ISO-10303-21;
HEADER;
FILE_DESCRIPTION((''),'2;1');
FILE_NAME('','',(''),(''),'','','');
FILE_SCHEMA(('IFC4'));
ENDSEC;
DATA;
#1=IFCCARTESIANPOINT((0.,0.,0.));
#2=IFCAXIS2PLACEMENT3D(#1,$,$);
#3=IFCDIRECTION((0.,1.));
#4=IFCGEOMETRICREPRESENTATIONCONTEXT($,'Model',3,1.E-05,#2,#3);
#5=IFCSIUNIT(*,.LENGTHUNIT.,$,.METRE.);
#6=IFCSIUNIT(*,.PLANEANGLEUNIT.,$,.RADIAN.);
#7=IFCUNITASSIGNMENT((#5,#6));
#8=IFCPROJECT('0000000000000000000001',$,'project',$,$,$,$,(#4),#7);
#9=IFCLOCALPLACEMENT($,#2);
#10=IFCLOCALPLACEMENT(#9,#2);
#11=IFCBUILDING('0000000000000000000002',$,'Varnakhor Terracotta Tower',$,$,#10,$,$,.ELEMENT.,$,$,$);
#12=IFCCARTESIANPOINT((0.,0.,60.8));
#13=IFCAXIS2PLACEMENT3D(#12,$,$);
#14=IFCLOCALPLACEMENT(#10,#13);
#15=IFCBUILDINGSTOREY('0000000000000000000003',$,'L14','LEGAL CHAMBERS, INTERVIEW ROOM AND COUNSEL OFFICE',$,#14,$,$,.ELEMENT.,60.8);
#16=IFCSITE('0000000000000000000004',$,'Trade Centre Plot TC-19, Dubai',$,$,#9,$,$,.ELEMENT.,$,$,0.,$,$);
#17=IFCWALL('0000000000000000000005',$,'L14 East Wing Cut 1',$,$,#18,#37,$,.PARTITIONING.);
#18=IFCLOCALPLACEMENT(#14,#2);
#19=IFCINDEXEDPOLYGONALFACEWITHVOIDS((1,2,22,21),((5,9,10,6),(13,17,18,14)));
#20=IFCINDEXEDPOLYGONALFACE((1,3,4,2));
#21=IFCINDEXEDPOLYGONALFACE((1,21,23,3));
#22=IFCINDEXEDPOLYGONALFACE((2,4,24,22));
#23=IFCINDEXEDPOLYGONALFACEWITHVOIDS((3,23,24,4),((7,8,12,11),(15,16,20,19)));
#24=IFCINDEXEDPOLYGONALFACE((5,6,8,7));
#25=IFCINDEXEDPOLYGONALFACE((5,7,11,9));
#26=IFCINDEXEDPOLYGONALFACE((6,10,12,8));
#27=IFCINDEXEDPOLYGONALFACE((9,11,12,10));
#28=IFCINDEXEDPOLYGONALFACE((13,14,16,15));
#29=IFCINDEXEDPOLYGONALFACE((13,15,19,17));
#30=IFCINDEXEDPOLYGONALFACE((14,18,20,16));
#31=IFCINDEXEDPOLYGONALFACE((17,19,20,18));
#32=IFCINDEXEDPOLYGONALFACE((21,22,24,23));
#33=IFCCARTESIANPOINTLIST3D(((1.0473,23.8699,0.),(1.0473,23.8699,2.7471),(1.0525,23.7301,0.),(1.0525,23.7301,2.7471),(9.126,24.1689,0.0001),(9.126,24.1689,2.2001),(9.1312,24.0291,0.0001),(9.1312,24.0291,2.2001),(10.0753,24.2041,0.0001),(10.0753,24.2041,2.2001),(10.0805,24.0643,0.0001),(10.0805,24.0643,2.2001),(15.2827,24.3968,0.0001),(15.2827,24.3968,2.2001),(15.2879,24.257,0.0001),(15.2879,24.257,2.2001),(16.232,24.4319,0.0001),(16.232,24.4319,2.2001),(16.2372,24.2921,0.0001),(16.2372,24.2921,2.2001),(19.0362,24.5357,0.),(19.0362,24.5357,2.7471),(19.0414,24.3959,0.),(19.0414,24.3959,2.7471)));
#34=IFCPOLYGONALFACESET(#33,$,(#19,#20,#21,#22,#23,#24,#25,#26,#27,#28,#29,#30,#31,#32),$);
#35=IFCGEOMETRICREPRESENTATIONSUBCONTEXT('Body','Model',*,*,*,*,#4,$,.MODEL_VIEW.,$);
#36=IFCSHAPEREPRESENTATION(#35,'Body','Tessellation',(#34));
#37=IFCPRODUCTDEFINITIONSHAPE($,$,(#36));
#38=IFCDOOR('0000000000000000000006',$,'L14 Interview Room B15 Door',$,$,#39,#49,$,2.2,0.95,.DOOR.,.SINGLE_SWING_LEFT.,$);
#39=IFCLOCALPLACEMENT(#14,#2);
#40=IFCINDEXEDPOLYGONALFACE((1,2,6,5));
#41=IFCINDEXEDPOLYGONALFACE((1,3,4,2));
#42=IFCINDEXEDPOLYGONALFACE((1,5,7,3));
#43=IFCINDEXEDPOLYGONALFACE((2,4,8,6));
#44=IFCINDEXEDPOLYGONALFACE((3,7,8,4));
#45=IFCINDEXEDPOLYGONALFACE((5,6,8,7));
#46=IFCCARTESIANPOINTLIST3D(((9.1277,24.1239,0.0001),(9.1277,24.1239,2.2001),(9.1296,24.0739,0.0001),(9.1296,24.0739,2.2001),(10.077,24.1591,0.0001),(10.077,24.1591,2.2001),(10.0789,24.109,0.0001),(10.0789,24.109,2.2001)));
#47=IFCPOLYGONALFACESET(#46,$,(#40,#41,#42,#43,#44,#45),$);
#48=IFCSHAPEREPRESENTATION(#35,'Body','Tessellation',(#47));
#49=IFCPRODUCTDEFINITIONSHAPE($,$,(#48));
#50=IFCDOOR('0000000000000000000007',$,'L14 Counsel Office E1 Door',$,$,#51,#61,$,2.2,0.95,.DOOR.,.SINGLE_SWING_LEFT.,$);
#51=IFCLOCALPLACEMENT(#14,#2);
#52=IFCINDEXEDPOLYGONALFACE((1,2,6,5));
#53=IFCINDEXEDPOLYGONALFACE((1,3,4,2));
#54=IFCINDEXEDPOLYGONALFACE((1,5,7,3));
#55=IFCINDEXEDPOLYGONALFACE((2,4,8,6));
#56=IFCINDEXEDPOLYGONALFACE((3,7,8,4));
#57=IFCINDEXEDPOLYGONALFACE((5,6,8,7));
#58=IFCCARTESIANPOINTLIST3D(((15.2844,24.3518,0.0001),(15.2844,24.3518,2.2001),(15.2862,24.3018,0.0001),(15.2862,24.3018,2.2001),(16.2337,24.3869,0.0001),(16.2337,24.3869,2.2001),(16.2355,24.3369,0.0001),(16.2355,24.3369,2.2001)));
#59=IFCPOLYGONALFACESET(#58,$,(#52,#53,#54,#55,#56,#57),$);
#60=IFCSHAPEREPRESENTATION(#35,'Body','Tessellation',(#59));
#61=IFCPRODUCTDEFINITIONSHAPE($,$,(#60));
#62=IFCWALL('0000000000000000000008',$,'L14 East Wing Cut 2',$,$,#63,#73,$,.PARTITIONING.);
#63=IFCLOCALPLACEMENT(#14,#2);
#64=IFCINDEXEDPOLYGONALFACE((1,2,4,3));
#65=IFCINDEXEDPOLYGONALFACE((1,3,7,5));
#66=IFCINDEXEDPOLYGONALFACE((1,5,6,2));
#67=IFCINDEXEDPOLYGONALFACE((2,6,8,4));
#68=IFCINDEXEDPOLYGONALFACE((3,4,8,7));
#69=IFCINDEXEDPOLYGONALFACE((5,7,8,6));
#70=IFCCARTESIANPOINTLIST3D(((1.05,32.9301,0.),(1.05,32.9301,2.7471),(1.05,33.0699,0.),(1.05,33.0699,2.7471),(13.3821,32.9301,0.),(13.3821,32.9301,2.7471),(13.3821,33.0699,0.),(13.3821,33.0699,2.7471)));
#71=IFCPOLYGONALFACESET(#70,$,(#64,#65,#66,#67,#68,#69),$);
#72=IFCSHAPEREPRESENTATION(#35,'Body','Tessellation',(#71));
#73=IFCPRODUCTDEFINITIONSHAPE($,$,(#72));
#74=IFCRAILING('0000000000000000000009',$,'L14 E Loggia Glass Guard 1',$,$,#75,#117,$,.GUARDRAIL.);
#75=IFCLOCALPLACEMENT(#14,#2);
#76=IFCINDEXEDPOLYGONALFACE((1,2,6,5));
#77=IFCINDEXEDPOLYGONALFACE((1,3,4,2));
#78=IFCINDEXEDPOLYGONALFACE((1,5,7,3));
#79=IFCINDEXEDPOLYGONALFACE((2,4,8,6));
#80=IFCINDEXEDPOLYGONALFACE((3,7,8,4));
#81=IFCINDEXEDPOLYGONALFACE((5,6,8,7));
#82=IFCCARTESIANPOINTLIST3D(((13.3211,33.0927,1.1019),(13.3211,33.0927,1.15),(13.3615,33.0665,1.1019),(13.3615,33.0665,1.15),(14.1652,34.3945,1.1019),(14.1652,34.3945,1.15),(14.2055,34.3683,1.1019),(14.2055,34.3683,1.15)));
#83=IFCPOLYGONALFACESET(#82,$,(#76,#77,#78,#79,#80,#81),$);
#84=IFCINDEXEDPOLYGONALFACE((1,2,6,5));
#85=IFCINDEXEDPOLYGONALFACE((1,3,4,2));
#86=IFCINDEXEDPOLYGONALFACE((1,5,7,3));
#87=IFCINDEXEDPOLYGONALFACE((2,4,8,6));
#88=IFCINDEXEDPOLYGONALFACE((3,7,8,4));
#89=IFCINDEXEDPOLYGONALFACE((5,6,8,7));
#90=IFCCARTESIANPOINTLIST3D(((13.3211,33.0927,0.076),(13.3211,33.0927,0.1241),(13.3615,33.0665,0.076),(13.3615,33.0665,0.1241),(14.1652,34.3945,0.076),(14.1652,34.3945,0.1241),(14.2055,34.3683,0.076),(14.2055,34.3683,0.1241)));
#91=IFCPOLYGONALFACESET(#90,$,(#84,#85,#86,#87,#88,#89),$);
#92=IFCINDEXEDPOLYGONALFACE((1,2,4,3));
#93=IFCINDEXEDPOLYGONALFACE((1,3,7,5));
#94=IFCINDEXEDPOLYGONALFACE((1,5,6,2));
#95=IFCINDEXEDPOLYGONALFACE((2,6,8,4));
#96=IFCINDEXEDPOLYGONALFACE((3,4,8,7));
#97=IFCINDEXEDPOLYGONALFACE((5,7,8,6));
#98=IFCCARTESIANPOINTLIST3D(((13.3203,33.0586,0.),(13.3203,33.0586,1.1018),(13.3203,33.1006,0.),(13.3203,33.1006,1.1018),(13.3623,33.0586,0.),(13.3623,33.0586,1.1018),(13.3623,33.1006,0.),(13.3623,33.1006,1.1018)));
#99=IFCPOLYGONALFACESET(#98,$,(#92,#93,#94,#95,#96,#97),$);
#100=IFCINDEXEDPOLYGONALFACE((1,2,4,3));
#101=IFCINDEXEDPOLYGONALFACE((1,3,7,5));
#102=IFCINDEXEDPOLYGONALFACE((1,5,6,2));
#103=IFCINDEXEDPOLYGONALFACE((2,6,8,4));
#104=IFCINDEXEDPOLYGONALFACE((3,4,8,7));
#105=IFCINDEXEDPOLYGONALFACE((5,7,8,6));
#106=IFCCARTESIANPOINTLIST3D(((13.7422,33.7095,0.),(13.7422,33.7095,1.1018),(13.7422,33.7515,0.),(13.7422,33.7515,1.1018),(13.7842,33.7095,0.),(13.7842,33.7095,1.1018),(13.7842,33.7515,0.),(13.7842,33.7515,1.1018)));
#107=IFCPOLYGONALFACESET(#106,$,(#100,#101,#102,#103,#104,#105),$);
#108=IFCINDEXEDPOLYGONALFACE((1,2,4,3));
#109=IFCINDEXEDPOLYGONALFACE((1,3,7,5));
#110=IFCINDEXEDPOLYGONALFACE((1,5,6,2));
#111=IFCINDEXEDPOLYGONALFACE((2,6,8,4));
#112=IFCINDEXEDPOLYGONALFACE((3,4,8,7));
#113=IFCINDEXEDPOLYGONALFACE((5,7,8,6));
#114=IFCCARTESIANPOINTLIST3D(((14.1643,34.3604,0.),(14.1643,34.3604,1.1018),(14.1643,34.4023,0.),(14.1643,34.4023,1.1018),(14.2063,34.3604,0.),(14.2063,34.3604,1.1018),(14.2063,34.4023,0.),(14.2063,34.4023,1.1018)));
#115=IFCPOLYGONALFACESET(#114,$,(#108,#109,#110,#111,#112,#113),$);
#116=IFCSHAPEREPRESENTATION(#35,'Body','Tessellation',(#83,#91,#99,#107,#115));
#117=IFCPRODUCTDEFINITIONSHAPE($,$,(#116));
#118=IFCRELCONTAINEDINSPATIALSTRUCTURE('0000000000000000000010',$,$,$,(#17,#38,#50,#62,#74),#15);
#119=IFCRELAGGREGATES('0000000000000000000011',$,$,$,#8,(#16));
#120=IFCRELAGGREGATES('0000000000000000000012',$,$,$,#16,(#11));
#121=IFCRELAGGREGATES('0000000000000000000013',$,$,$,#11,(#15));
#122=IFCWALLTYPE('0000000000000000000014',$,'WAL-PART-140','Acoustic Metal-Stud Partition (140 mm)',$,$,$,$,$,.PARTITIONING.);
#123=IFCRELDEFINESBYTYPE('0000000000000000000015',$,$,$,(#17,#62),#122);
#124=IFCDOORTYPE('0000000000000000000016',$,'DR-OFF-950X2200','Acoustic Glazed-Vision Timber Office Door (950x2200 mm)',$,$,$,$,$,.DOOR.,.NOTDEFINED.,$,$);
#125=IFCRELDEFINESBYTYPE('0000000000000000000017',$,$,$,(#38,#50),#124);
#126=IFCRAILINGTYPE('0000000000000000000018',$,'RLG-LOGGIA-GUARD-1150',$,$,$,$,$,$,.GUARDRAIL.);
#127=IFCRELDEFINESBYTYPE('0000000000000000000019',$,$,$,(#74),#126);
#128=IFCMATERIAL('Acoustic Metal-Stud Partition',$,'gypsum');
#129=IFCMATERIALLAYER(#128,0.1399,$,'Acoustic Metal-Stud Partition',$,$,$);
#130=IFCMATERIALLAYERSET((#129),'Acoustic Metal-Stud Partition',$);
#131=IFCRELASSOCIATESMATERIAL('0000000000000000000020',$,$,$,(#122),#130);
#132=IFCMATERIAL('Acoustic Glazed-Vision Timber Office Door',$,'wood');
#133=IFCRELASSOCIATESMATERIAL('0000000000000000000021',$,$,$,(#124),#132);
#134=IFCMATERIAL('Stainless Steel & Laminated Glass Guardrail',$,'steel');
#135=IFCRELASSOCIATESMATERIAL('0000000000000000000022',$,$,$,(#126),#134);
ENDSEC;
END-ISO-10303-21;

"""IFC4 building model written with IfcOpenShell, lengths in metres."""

from ifc_helpers import new_model, si_unit, direction, frame, frame_2d, origin, origin_2d, place, context, subcontext, project, spatial, rectangle, extrude, source, transform, mapped, material, layer, layer_set, type_object, type_shapes, element, fill, save


model = new_model("IFC4")

# Units and contexts
model_context = context("Model", 3, precision=1e-05, world=origin(), true_north=direction((0.0, 1.0)))
body_context = subcontext(model_context, "Body", "Model", "MODEL_VIEW")
ifc_project = project(units=[si_unit("LENGTHUNIT", "METRE"), si_unit("PLANEANGLEUNIT", "RADIAN")], contexts=[model_context])

# Site, building, storey
site_placement = place(None, origin())
site = spatial("IfcSite", under=ifc_project, at=site_placement, Name="Trade Centre Plot TC-19, Dubai", CompositionType="ELEMENT", RefElevation=0.0)
building_placement = place(site_placement, origin())
building = spatial("IfcBuilding", under=site, at=building_placement, Name="Varnakhor Terracotta Tower", CompositionType="ELEMENT")
storey_placement = place(building_placement, frame((0.0, 0.0, 60.8)))
storey = spatial("IfcBuildingStorey", under=building, at=storey_placement, Name="L14", Description="LEGAL CHAMBERS, INTERVIEW ROOM AND COUNSEL OFFICE", CompositionType="ELEMENT", Elevation=60.8)

# Wall, openings, doors
ifc_material_1 = material(Name="Acoustic Metal-Stud Partition", Category="gypsum")
ifc_layer_1 = layer(ifc_material_1, 0.1399, Name="Acoustic Metal-Stud Partition")
ifc_layer_set_1 = layer_set([ifc_layer_1], Name="Acoustic Metal-Stud Partition")
wall_type_1 = type_object("IfcWallType", Name="WAL-PART-140", Description="Acoustic Metal-Stud Partition (140 mm)", PredefinedType="PARTITIONING", material=ifc_layer_set_1)
wall_1_placement = place(storey_placement, frame((1.05, 23.8, 0.0), z_axis=(0.0, 0.0, 1.0), x_axis=(0.999316, 0.036985, 0.0)))
wall_1 = element("IfcWall", 1, at=wall_1_placement, inside=storey, type_object=wall_type_1, Name="L14 East Wing Cut 1", PredefinedType="PARTITIONING", context=body_context, shape_type="SweptSolid", body=[
    extrude(rectangle(XDim=18.0012, YDim=0.1399, at=frame_2d((9.0005, 0.0))), origin(), (0.0, 0.0, 1.0), 2.7471),
])
opening_1_placement = place(wall_1_placement, frame((8.084, 0.0, 0.0)))
opening_1 = element("IfcOpeningElement", 2, at=opening_1_placement, cuts=wall_1, PredefinedType="OPENING", context=body_context, shape_type="SweptSolid", body=[
    extrude(rectangle(XDim=0.95, YDim=2.2, at=frame_2d((0.4751, 1.1001))), frame((0.0, 0.0801, 0.0), z_axis=(0.0, -1.0, 0.0), x_axis=(1.0, 0.0, 0.0)), (0.0, 0.0, 1.0), 0.1599),
])
opening_2_placement = place(wall_1_placement, frame((14.2449, 0.0, 0.0)))
opening_2 = element("IfcOpeningElement", 3, at=opening_2_placement, cuts=wall_1, PredefinedType="OPENING", context=body_context, shape_type="SweptSolid", body=[
    extrude(rectangle(XDim=0.95, YDim=2.2, at=frame_2d((0.4751, 1.1001))), frame((0.0, 0.0801, 0.0), z_axis=(0.0, -1.0, 0.0), x_axis=(1.0, 0.0, 0.0)), (0.0, 0.0, 1.0), 0.1599),
])
ifc_material_2 = material(Name="Acoustic Glazed-Vision Timber Office Door", Category="wood")
door_type_1 = type_object("IfcDoorType", Name="DR-OFF-950X2200", Description="Acoustic Glazed-Vision Timber Office Door (950x2200 mm)", OperationType="NOTDEFINED", PredefinedType="DOOR", material=ifc_material_2)
shared_shape_1 = source(origin(), body_context, "Body", "SweptSolid", [
    extrude(rectangle(XDim=0.95, YDim=2.2, at=frame_2d((0.4751, 1.1001))), frame((0.0, 0.0249, 0.0), z_axis=(0.0, -1.0, 0.0), x_axis=(1.0, 0.0, 0.0)), (0.0, 0.0, 1.0), 0.05),
])
type_shapes(door_type_1, [shared_shape_1])
door_1_placement = place(opening_1_placement, origin())
door_1 = element("IfcDoor", 4, at=door_1_placement, inside=storey, type_object=door_type_1, Name="L14 Interview Room B15 Door", OperationType="SINGLE_SWING_LEFT", OverallHeight=2.2, OverallWidth=0.95, PredefinedType="DOOR", context=body_context, shape_type="MappedRepresentation", body=[
    mapped(shared_shape_1, transform((0.0, 0.0, 0.0), scale=1.0)),
])
fill(opening_1, door_1)
door_2_placement = place(opening_2_placement, origin())
door_2 = element("IfcDoor", 5, at=door_2_placement, inside=storey, type_object=door_type_1, Name="L14 Counsel Office E1 Door", OperationType="SINGLE_SWING_LEFT", OverallHeight=2.2, OverallWidth=0.95, PredefinedType="DOOR", context=body_context, shape_type="MappedRepresentation", body=[
    mapped(shared_shape_1, transform((0.0, 0.0, 0.0), scale=1.0)),
])
fill(opening_2, door_2)

# Wall
wall_2_placement = place(storey_placement, frame((1.05, 33.0, 0.0), z_axis=(0.0, 0.0, 1.0), x_axis=(1.0, 0.0, 0.0)))
element("IfcWall", 6, at=wall_2_placement, inside=storey, type_object=wall_type_1, Name="L14 East Wing Cut 2", PredefinedType="PARTITIONING", context=body_context, shape_type="SweptSolid", body=[
    extrude(rectangle(XDim=12.332, YDim=0.1399, at=frame_2d((6.166, 0.0))), origin(), (0.0, 0.0, 1.0), 2.7471),
])

# Railing
ifc_material_3 = material(Name="Stainless Steel & Laminated Glass Guardrail", Category="steel")
railing_type = type_object("IfcRailingType", Name="RLG-LOGGIA-GUARD-1150", PredefinedType="GUARDRAIL", material=ifc_material_3)
railing_1_placement = place(storey_placement, frame((13.3413, 33.0796, 0.0)))
element("IfcRailing", 7, at=railing_1_placement, inside=storey, type_object=railing_type, Name="L14 E Loggia Glass Guard 1", PredefinedType="GUARDRAIL", context=body_context, shape_type="SweptSolid", body=[
    extrude(rectangle(XDim=0.0481, YDim=0.0481, at=origin_2d()), frame((0.0, 0.0, 1.126), z_axis=(0.544014, 0.839076, 0.0), x_axis=(-0.839076, 0.544014, 0.0)), (0.0, 0.0, 1.0), 1.5515),
    extrude(rectangle(XDim=0.0481, YDim=0.0481, at=origin_2d()), frame((0.0, 0.0, 0.1001), z_axis=(0.544014, 0.839076, 0.0), x_axis=(-0.839076, 0.544014, 0.0)), (0.0, 0.0, 1.0), 1.5515),
    extrude(rectangle(XDim=0.042, YDim=0.042, at=origin_2d()), origin(), (0.0, 0.0, 1.0), 1.1018),
    extrude(rectangle(XDim=0.042, YDim=0.042, at=origin_2d()), frame((0.4219, 0.6509, 0.0)), (0.0, 0.0, 1.0), 1.1018),
    extrude(rectangle(XDim=0.042, YDim=0.042, at=origin_2d()), frame((0.844, 1.3018, 0.0)), (0.0, 0.0, 1.0), 1.1018),
])

save(model, "model.ifc")
